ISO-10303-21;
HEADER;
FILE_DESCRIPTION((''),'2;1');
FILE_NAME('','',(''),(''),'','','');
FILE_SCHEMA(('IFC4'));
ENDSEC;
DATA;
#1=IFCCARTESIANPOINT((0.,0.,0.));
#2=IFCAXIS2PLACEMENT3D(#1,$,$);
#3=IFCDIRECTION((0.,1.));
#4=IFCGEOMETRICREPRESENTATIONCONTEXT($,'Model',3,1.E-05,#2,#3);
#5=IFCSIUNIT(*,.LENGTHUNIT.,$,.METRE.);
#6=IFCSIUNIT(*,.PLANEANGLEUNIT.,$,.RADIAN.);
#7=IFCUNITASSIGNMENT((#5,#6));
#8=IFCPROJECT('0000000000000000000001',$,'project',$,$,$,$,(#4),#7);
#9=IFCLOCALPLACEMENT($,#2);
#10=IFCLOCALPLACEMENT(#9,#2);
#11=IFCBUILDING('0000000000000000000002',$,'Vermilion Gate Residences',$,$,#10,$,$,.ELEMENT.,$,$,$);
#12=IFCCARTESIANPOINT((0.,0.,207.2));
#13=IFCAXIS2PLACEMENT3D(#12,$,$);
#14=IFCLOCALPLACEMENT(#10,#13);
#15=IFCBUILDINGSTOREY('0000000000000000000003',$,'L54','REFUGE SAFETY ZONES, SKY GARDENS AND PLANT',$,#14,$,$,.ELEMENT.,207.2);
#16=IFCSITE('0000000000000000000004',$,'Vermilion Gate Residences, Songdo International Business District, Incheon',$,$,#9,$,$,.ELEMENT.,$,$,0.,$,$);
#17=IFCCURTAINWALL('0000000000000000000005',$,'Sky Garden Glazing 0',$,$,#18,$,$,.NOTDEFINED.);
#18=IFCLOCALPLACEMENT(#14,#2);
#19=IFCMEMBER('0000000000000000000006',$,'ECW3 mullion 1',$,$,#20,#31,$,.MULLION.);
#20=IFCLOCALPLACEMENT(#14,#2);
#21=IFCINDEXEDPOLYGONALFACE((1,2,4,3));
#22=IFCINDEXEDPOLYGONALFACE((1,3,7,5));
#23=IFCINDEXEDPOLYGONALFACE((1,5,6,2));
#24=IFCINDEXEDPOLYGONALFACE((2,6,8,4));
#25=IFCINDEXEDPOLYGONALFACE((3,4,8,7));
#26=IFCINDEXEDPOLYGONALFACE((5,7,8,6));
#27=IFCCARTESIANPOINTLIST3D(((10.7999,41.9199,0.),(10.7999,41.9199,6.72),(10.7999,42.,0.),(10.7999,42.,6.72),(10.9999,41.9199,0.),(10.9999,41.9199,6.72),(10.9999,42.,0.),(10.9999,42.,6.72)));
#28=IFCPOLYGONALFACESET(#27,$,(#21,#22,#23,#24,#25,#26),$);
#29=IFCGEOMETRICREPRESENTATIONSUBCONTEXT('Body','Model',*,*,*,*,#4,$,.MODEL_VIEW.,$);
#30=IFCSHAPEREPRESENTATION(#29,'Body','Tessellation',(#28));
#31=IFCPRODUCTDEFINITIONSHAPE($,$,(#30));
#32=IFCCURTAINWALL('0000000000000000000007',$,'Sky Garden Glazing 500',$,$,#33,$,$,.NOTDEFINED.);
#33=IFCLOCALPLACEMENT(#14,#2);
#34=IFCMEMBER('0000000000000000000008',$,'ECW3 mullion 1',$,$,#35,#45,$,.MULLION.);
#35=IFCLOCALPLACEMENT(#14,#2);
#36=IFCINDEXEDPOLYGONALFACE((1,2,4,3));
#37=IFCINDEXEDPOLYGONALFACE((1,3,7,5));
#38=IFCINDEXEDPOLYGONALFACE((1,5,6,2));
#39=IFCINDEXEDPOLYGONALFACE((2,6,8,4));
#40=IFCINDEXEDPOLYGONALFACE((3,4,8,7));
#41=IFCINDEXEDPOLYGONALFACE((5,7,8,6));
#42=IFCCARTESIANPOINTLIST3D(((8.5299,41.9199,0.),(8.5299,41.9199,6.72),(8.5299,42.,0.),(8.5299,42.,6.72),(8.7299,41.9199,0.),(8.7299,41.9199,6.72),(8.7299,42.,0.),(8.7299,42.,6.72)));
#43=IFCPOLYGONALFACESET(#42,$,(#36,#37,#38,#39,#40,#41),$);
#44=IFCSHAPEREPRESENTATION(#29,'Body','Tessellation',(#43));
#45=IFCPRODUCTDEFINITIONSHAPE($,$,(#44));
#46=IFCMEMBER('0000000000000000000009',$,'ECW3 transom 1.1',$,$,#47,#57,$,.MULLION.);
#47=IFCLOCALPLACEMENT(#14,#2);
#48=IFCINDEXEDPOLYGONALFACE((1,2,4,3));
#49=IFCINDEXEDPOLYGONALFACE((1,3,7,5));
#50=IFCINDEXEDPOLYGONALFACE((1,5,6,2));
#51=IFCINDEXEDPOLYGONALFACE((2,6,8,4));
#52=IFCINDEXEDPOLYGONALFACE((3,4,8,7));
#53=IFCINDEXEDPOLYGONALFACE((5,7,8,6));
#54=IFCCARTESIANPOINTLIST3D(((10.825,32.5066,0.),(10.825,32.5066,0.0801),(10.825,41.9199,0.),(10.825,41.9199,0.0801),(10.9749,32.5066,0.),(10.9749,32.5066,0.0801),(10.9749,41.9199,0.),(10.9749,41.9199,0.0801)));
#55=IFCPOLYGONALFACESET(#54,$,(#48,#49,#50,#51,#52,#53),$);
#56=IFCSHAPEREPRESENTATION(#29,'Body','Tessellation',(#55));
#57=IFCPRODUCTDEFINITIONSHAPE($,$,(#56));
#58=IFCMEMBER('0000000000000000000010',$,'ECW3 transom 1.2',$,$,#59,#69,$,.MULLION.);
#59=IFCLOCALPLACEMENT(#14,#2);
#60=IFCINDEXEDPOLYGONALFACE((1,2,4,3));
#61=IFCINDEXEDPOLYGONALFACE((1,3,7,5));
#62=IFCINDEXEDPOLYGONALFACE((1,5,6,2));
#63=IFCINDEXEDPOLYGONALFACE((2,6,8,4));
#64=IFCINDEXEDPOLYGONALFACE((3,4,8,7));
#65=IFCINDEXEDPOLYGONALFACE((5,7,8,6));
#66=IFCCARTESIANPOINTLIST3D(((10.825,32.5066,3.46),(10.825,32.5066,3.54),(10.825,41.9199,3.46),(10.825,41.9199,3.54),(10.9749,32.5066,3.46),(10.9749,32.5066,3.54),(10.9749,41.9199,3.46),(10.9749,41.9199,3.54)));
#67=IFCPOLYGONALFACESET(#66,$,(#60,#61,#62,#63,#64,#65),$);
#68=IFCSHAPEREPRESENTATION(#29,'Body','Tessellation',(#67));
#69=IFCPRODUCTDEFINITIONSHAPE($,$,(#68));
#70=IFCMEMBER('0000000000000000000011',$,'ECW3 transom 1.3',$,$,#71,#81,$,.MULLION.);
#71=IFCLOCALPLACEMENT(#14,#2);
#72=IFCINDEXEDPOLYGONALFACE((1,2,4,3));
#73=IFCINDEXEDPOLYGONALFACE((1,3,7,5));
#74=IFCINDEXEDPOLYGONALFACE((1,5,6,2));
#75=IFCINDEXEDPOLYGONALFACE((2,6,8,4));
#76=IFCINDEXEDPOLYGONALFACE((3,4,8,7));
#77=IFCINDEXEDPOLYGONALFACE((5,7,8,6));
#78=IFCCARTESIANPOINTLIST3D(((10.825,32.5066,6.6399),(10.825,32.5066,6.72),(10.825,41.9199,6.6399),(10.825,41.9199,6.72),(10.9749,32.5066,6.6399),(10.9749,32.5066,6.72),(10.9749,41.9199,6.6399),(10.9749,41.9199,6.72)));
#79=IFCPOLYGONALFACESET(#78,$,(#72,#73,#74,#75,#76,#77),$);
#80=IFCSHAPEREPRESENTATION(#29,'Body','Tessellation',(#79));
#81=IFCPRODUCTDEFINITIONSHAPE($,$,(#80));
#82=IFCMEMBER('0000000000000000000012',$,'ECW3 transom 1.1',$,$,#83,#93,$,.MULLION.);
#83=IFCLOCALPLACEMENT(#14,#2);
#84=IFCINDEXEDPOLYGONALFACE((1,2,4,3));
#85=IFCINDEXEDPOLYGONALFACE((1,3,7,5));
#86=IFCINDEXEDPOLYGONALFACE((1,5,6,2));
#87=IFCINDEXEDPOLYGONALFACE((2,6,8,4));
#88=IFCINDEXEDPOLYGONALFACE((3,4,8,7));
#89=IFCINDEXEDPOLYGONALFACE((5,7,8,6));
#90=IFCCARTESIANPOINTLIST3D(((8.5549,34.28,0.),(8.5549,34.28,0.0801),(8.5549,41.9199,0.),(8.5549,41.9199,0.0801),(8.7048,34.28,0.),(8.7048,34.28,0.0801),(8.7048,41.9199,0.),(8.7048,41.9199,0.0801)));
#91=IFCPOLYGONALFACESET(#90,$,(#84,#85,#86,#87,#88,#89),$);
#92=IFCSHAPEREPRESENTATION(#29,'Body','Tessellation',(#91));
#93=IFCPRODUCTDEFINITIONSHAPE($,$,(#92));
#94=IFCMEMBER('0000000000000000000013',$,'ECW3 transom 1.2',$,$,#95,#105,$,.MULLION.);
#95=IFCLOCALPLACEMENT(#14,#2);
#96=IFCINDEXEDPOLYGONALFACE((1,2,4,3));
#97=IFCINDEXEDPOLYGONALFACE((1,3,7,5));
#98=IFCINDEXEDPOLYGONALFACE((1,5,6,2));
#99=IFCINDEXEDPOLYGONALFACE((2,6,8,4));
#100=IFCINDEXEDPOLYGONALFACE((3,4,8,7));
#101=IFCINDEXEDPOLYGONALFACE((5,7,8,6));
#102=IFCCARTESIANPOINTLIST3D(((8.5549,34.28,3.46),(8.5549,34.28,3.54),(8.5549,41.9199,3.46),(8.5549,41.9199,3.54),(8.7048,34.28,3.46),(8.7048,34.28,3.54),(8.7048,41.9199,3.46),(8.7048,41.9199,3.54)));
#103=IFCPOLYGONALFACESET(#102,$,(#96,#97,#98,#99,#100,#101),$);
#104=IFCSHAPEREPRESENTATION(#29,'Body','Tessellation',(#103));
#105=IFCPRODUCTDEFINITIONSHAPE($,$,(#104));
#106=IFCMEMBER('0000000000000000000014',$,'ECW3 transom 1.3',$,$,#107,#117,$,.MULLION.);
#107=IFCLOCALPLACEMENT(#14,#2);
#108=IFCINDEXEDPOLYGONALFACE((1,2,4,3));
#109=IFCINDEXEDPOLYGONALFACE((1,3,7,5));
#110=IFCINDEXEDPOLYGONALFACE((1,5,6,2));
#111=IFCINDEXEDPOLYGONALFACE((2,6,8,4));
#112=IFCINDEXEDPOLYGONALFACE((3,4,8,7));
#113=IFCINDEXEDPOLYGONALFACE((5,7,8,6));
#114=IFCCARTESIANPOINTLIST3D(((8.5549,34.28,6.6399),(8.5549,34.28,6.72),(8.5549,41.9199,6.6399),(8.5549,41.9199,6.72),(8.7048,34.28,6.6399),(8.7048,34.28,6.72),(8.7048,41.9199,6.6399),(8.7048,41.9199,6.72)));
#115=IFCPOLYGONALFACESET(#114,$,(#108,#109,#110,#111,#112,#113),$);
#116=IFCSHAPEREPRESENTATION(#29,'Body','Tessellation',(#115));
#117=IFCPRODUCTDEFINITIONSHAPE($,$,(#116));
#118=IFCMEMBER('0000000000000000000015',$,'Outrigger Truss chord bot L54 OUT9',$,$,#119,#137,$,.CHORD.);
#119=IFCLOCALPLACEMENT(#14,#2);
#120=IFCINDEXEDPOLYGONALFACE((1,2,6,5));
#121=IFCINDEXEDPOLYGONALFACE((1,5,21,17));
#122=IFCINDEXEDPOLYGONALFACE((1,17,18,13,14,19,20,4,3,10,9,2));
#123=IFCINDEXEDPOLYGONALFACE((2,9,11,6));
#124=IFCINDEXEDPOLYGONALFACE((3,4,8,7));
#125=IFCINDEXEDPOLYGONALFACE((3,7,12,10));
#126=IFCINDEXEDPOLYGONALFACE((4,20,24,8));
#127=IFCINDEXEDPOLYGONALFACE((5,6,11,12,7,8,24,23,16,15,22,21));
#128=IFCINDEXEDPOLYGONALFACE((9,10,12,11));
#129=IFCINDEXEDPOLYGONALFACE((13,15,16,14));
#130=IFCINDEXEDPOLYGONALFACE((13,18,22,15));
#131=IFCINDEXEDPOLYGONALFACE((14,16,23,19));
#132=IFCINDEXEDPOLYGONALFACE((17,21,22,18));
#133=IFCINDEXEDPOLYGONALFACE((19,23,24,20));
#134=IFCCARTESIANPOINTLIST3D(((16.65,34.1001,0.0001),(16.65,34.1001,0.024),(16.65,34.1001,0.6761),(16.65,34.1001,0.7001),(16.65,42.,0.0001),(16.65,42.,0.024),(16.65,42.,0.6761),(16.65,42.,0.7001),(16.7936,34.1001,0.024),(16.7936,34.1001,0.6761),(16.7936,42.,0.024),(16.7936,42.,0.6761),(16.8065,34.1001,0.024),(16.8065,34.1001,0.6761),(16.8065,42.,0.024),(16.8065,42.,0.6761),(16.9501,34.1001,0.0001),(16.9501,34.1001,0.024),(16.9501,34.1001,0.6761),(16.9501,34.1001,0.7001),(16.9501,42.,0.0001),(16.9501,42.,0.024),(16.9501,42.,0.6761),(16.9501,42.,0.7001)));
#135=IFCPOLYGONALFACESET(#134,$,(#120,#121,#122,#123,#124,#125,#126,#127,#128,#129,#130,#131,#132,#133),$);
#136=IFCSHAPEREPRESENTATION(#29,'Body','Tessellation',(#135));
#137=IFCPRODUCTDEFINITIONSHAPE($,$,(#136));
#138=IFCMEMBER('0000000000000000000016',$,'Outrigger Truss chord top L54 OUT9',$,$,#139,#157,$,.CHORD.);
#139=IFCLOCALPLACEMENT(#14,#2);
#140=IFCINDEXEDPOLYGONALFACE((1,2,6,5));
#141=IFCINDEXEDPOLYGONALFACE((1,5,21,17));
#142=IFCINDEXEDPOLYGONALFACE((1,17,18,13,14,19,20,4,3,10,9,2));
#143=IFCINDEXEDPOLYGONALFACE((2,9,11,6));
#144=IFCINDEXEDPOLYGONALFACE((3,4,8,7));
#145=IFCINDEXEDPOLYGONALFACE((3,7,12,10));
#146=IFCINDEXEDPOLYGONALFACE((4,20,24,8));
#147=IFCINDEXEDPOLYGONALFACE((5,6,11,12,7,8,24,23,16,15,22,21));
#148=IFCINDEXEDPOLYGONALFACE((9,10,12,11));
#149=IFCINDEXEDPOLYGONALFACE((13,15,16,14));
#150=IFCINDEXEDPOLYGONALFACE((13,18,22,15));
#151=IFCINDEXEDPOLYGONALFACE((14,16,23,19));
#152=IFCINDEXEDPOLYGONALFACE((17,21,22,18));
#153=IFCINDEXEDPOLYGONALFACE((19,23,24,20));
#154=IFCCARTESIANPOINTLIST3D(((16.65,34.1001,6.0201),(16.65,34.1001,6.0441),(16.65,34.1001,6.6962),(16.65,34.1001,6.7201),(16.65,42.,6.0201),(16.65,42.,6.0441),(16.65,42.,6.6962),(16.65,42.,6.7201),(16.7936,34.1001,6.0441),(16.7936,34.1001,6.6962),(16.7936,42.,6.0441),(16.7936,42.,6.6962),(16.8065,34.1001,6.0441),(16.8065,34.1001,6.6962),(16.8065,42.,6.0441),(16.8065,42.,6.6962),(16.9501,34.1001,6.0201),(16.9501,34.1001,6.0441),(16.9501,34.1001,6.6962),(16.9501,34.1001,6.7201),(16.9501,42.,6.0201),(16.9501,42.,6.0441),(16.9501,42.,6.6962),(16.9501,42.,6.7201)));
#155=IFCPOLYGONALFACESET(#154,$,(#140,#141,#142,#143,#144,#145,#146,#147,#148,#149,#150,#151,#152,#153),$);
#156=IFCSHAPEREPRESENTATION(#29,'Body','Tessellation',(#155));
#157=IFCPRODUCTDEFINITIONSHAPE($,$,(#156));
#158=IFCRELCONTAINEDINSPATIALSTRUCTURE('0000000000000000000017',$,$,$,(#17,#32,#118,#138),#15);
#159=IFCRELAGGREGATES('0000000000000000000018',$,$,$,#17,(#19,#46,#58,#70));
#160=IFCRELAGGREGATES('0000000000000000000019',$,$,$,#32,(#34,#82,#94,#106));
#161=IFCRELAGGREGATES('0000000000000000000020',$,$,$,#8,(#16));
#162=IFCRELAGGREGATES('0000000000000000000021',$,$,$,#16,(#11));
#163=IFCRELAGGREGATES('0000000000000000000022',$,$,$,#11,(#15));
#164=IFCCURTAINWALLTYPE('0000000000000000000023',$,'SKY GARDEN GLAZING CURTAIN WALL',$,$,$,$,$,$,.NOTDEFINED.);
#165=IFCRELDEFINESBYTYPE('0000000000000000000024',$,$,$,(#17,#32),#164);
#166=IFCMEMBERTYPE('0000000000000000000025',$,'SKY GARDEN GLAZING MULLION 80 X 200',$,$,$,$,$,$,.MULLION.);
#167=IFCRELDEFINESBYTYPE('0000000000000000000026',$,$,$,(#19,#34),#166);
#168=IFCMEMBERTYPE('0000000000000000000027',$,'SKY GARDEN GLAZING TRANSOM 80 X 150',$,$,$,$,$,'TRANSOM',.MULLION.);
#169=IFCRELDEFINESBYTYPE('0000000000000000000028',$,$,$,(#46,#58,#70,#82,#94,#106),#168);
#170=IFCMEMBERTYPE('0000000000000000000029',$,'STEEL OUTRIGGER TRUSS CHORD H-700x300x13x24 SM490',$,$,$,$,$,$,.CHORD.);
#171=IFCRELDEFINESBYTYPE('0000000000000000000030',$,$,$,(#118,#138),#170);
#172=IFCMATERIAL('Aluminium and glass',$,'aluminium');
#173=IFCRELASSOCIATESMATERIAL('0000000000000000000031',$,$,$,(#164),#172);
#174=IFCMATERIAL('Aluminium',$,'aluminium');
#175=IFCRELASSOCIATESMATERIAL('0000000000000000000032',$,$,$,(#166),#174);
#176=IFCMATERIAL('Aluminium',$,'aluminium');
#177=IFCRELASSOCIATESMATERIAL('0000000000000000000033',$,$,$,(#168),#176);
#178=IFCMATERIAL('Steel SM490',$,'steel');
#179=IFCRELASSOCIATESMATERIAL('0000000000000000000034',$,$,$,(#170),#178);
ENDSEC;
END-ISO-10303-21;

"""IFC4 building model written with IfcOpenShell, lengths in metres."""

from ifc_helpers import new_model, si_unit, direction, frame, origin, origin_2d, place, context, subcontext, project, spatial, rectangle, i_section, extrude, material, material_profile, profile_set, type_object, element, aggregate, save


model = new_model("IFC4")

# Units and contexts
model_context = context("Model", 3, precision=1e-05, world=origin(), true_north=direction((0.0, 1.0)))
body_context = subcontext(model_context, "Body", "Model", "MODEL_VIEW")
ifc_project = project(units=[si_unit("LENGTHUNIT", "METRE"), si_unit("PLANEANGLEUNIT", "RADIAN")], contexts=[model_context])

# Site, building, storey
site_placement = place(None, origin())
site = spatial("IfcSite", under=ifc_project, at=site_placement, Name="Vermilion Gate Residences, Songdo International Business District, Incheon", CompositionType="ELEMENT", RefElevation=0.0)
building_placement = place(site_placement, origin())
building = spatial("IfcBuilding", under=site, at=building_placement, Name="Vermilion Gate Residences", CompositionType="ELEMENT")
storey_placement = place(building_placement, frame((0.0, 0.0, 207.2)))
storey = spatial("IfcBuildingStorey", under=building, at=storey_placement, Name="L54", Description="REFUGE SAFETY ZONES, SKY GARDENS AND PLANT", CompositionType="ELEMENT", Elevation=207.2)

# Curtain walls, members
ifc_material_1 = material(Name="Aluminium and glass", Category="aluminium")
curtain_wall_type = type_object("IfcCurtainWallType", Name="SKY GARDEN GLAZING CURTAIN WALL", PredefinedType="NOTDEFINED", material=ifc_material_1)
curtain_wall_1_placement = place(storey_placement, origin())
curtain_wall_1 = element("IfcCurtainWall", 1, at=curtain_wall_1_placement, inside=storey, type_object=curtain_wall_type, Name="Sky Garden Glazing 0", PredefinedType="NOTDEFINED")
ifc_material_2 = material(Name="Aluminium", Category="aluminium")
ifc_material_profile_1 = material_profile(ifc_material_2, rectangle(XDim=0.2, YDim=0.0801, at=origin_2d()), Name="MULLION 80 X 200")
ifc_profile_set_1 = profile_set([ifc_material_profile_1], Name="Aluminium")
member_type_1 = type_object("IfcMemberType", Name="SKY GARDEN GLAZING MULLION 80 X 200", PredefinedType="MULLION", material=ifc_profile_set_1)
member_1_placement = place(storey_placement, frame((10.8999, 41.96, 0.0), z_axis=(0.0, 0.0, 1.0), x_axis=(1.0, 0.0, 0.0)))
member_1 = element("IfcMember", 2, at=member_1_placement, type_object=member_type_1, Name="ECW3 mullion 1", PredefinedType="MULLION", context=body_context, shape_type="SweptSolid", body=[
    extrude(rectangle(XDim=0.2, YDim=0.0801, at=origin_2d()), origin(), (0.0, 0.0, 1.0), 6.72),
])
curtain_wall_2_placement = place(storey_placement, origin())
curtain_wall_2 = element("IfcCurtainWall", 3, at=curtain_wall_2_placement, inside=storey, type_object=curtain_wall_type, Name="Sky Garden Glazing 500", PredefinedType="NOTDEFINED")
member_2_placement = place(storey_placement, frame((8.6299, 41.96, 0.0), z_axis=(0.0, 0.0, 1.0), x_axis=(1.0, 0.0, 0.0)))
member_2 = element("IfcMember", 4, at=member_2_placement, type_object=member_type_1, Name="ECW3 mullion 1", PredefinedType="MULLION", context=body_context, shape_type="SweptSolid", body=[
    extrude(rectangle(XDim=0.2, YDim=0.0801, at=origin_2d()), origin(), (0.0, 0.0, 1.0), 6.72),
])

# Members
ifc_material_3 = material(Name="Aluminium", Category="aluminium")
ifc_material_profile_2 = material_profile(ifc_material_3, rectangle(XDim=0.1499, YDim=0.0801, at=origin_2d()), Name="TRANSOM 80 X 150")
ifc_profile_set_2 = profile_set([ifc_material_profile_2], Name="Aluminium")
member_type_2 = type_object("IfcMemberType", Name="SKY GARDEN GLAZING TRANSOM 80 X 150", ElementType="TRANSOM", PredefinedType="MULLION", material=ifc_profile_set_2)
member_3_placement = place(storey_placement, frame((10.8999, 41.9199, 0.04), z_axis=(0.0, -1.0, 0.0), x_axis=(1.0, 0.0, 0.0)))
member_3 = element("IfcMember", 5, at=member_3_placement, type_object=member_type_2, Name="ECW3 transom 1.1", PredefinedType="MULLION", context=body_context, shape_type="SweptSolid", body=[
    extrude(rectangle(XDim=0.1499, YDim=0.0801, at=origin_2d()), origin(), (0.0, 0.0, 1.0), 9.4133),
])
member_4_placement = place(storey_placement, frame((10.8999, 41.9199, 3.5), z_axis=(0.0, -1.0, 0.0), x_axis=(1.0, 0.0, 0.0)))
member_4 = element("IfcMember", 6, at=member_4_placement, type_object=member_type_2, Name="ECW3 transom 1.2", PredefinedType="MULLION", context=body_context, shape_type="SweptSolid", body=[
    extrude(rectangle(XDim=0.1499, YDim=0.0801, at=origin_2d()), origin(), (0.0, 0.0, 1.0), 9.4133),
])
member_5_placement = place(storey_placement, frame((10.8999, 41.9199, 6.6799), z_axis=(0.0, -1.0, 0.0), x_axis=(1.0, 0.0, 0.0)))
member_5 = element("IfcMember", 7, at=member_5_placement, type_object=member_type_2, Name="ECW3 transom 1.3", PredefinedType="MULLION", context=body_context, shape_type="SweptSolid", body=[
    extrude(rectangle(XDim=0.1499, YDim=0.0801, at=origin_2d()), origin(), (0.0, 0.0, 1.0), 9.4133),
])
aggregate(curtain_wall_1, [member_1, member_3, member_4, member_5])
member_6_placement = place(storey_placement, frame((8.6299, 41.9199, 0.04), z_axis=(0.0, -1.0, 0.0), x_axis=(1.0, 0.0, 0.0)))
member_6 = element("IfcMember", 8, at=member_6_placement, type_object=member_type_2, Name="ECW3 transom 1.1", PredefinedType="MULLION", context=body_context, shape_type="SweptSolid", body=[
    extrude(rectangle(XDim=0.1499, YDim=0.0801, at=origin_2d()), origin(), (0.0, 0.0, 1.0), 7.6399),
])
member_7_placement = place(storey_placement, frame((8.6299, 41.9199, 3.5), z_axis=(0.0, -1.0, 0.0), x_axis=(1.0, 0.0, 0.0)))
member_7 = element("IfcMember", 9, at=member_7_placement, type_object=member_type_2, Name="ECW3 transom 1.2", PredefinedType="MULLION", context=body_context, shape_type="SweptSolid", body=[
    extrude(rectangle(XDim=0.1499, YDim=0.0801, at=origin_2d()), origin(), (0.0, 0.0, 1.0), 7.6399),
])
member_8_placement = place(storey_placement, frame((8.6299, 41.9199, 6.6799), z_axis=(0.0, -1.0, 0.0), x_axis=(1.0, 0.0, 0.0)))
member_8 = element("IfcMember", 10, at=member_8_placement, type_object=member_type_2, Name="ECW3 transom 1.3", PredefinedType="MULLION", context=body_context, shape_type="SweptSolid", body=[
    extrude(rectangle(XDim=0.1499, YDim=0.0801, at=origin_2d()), origin(), (0.0, 0.0, 1.0), 7.6399),
])

# Members
ifc_material_4 = material(Name="Steel SM490", Category="steel")
ifc_material_profile_3 = material_profile(ifc_material_4, i_section(OverallWidth=0.3, OverallDepth=0.7, WebThickness=0.0129, FlangeThickness=0.0239, at=origin_2d()), Name="H-700x300x13x24")
ifc_profile_set_3 = profile_set([ifc_material_profile_3], Name="Steel SM490")
member_type_3 = type_object("IfcMemberType", Name="STEEL OUTRIGGER TRUSS CHORD H-700x300x13x24 SM490", PredefinedType="CHORD", material=ifc_profile_set_3)
for number, where, z_axis, x_axis, name in (
    (11, (16.8, 42.0, 0.3501), (0.0, -1.0, 0.0), (1.0, 0.0, 0.0), "Outrigger Truss chord bot L54 OUT9"),
    (12, (16.8, 42.0, 6.3701), (0.0, -1.0, 0.0), (1.0, 0.0, 0.0), "Outrigger Truss chord top L54 OUT9"),
):
    element("IfcMember", number, at=place(storey_placement, frame(where, z_axis=z_axis, x_axis=x_axis)), inside=storey, type_object=member_type_3, Name=name, PredefinedType="CHORD", context=body_context, shape_type="SweptSolid", body=[
        extrude(i_section(OverallWidth=0.3, OverallDepth=0.7, WebThickness=0.0129, FlangeThickness=0.0239, at=origin_2d()), origin(), (0.0, 0.0, 1.0), 7.8999),
    ])

aggregate(curtain_wall_2, [member_2, member_6, member_7, member_8])

save(model, "model.ifc")
